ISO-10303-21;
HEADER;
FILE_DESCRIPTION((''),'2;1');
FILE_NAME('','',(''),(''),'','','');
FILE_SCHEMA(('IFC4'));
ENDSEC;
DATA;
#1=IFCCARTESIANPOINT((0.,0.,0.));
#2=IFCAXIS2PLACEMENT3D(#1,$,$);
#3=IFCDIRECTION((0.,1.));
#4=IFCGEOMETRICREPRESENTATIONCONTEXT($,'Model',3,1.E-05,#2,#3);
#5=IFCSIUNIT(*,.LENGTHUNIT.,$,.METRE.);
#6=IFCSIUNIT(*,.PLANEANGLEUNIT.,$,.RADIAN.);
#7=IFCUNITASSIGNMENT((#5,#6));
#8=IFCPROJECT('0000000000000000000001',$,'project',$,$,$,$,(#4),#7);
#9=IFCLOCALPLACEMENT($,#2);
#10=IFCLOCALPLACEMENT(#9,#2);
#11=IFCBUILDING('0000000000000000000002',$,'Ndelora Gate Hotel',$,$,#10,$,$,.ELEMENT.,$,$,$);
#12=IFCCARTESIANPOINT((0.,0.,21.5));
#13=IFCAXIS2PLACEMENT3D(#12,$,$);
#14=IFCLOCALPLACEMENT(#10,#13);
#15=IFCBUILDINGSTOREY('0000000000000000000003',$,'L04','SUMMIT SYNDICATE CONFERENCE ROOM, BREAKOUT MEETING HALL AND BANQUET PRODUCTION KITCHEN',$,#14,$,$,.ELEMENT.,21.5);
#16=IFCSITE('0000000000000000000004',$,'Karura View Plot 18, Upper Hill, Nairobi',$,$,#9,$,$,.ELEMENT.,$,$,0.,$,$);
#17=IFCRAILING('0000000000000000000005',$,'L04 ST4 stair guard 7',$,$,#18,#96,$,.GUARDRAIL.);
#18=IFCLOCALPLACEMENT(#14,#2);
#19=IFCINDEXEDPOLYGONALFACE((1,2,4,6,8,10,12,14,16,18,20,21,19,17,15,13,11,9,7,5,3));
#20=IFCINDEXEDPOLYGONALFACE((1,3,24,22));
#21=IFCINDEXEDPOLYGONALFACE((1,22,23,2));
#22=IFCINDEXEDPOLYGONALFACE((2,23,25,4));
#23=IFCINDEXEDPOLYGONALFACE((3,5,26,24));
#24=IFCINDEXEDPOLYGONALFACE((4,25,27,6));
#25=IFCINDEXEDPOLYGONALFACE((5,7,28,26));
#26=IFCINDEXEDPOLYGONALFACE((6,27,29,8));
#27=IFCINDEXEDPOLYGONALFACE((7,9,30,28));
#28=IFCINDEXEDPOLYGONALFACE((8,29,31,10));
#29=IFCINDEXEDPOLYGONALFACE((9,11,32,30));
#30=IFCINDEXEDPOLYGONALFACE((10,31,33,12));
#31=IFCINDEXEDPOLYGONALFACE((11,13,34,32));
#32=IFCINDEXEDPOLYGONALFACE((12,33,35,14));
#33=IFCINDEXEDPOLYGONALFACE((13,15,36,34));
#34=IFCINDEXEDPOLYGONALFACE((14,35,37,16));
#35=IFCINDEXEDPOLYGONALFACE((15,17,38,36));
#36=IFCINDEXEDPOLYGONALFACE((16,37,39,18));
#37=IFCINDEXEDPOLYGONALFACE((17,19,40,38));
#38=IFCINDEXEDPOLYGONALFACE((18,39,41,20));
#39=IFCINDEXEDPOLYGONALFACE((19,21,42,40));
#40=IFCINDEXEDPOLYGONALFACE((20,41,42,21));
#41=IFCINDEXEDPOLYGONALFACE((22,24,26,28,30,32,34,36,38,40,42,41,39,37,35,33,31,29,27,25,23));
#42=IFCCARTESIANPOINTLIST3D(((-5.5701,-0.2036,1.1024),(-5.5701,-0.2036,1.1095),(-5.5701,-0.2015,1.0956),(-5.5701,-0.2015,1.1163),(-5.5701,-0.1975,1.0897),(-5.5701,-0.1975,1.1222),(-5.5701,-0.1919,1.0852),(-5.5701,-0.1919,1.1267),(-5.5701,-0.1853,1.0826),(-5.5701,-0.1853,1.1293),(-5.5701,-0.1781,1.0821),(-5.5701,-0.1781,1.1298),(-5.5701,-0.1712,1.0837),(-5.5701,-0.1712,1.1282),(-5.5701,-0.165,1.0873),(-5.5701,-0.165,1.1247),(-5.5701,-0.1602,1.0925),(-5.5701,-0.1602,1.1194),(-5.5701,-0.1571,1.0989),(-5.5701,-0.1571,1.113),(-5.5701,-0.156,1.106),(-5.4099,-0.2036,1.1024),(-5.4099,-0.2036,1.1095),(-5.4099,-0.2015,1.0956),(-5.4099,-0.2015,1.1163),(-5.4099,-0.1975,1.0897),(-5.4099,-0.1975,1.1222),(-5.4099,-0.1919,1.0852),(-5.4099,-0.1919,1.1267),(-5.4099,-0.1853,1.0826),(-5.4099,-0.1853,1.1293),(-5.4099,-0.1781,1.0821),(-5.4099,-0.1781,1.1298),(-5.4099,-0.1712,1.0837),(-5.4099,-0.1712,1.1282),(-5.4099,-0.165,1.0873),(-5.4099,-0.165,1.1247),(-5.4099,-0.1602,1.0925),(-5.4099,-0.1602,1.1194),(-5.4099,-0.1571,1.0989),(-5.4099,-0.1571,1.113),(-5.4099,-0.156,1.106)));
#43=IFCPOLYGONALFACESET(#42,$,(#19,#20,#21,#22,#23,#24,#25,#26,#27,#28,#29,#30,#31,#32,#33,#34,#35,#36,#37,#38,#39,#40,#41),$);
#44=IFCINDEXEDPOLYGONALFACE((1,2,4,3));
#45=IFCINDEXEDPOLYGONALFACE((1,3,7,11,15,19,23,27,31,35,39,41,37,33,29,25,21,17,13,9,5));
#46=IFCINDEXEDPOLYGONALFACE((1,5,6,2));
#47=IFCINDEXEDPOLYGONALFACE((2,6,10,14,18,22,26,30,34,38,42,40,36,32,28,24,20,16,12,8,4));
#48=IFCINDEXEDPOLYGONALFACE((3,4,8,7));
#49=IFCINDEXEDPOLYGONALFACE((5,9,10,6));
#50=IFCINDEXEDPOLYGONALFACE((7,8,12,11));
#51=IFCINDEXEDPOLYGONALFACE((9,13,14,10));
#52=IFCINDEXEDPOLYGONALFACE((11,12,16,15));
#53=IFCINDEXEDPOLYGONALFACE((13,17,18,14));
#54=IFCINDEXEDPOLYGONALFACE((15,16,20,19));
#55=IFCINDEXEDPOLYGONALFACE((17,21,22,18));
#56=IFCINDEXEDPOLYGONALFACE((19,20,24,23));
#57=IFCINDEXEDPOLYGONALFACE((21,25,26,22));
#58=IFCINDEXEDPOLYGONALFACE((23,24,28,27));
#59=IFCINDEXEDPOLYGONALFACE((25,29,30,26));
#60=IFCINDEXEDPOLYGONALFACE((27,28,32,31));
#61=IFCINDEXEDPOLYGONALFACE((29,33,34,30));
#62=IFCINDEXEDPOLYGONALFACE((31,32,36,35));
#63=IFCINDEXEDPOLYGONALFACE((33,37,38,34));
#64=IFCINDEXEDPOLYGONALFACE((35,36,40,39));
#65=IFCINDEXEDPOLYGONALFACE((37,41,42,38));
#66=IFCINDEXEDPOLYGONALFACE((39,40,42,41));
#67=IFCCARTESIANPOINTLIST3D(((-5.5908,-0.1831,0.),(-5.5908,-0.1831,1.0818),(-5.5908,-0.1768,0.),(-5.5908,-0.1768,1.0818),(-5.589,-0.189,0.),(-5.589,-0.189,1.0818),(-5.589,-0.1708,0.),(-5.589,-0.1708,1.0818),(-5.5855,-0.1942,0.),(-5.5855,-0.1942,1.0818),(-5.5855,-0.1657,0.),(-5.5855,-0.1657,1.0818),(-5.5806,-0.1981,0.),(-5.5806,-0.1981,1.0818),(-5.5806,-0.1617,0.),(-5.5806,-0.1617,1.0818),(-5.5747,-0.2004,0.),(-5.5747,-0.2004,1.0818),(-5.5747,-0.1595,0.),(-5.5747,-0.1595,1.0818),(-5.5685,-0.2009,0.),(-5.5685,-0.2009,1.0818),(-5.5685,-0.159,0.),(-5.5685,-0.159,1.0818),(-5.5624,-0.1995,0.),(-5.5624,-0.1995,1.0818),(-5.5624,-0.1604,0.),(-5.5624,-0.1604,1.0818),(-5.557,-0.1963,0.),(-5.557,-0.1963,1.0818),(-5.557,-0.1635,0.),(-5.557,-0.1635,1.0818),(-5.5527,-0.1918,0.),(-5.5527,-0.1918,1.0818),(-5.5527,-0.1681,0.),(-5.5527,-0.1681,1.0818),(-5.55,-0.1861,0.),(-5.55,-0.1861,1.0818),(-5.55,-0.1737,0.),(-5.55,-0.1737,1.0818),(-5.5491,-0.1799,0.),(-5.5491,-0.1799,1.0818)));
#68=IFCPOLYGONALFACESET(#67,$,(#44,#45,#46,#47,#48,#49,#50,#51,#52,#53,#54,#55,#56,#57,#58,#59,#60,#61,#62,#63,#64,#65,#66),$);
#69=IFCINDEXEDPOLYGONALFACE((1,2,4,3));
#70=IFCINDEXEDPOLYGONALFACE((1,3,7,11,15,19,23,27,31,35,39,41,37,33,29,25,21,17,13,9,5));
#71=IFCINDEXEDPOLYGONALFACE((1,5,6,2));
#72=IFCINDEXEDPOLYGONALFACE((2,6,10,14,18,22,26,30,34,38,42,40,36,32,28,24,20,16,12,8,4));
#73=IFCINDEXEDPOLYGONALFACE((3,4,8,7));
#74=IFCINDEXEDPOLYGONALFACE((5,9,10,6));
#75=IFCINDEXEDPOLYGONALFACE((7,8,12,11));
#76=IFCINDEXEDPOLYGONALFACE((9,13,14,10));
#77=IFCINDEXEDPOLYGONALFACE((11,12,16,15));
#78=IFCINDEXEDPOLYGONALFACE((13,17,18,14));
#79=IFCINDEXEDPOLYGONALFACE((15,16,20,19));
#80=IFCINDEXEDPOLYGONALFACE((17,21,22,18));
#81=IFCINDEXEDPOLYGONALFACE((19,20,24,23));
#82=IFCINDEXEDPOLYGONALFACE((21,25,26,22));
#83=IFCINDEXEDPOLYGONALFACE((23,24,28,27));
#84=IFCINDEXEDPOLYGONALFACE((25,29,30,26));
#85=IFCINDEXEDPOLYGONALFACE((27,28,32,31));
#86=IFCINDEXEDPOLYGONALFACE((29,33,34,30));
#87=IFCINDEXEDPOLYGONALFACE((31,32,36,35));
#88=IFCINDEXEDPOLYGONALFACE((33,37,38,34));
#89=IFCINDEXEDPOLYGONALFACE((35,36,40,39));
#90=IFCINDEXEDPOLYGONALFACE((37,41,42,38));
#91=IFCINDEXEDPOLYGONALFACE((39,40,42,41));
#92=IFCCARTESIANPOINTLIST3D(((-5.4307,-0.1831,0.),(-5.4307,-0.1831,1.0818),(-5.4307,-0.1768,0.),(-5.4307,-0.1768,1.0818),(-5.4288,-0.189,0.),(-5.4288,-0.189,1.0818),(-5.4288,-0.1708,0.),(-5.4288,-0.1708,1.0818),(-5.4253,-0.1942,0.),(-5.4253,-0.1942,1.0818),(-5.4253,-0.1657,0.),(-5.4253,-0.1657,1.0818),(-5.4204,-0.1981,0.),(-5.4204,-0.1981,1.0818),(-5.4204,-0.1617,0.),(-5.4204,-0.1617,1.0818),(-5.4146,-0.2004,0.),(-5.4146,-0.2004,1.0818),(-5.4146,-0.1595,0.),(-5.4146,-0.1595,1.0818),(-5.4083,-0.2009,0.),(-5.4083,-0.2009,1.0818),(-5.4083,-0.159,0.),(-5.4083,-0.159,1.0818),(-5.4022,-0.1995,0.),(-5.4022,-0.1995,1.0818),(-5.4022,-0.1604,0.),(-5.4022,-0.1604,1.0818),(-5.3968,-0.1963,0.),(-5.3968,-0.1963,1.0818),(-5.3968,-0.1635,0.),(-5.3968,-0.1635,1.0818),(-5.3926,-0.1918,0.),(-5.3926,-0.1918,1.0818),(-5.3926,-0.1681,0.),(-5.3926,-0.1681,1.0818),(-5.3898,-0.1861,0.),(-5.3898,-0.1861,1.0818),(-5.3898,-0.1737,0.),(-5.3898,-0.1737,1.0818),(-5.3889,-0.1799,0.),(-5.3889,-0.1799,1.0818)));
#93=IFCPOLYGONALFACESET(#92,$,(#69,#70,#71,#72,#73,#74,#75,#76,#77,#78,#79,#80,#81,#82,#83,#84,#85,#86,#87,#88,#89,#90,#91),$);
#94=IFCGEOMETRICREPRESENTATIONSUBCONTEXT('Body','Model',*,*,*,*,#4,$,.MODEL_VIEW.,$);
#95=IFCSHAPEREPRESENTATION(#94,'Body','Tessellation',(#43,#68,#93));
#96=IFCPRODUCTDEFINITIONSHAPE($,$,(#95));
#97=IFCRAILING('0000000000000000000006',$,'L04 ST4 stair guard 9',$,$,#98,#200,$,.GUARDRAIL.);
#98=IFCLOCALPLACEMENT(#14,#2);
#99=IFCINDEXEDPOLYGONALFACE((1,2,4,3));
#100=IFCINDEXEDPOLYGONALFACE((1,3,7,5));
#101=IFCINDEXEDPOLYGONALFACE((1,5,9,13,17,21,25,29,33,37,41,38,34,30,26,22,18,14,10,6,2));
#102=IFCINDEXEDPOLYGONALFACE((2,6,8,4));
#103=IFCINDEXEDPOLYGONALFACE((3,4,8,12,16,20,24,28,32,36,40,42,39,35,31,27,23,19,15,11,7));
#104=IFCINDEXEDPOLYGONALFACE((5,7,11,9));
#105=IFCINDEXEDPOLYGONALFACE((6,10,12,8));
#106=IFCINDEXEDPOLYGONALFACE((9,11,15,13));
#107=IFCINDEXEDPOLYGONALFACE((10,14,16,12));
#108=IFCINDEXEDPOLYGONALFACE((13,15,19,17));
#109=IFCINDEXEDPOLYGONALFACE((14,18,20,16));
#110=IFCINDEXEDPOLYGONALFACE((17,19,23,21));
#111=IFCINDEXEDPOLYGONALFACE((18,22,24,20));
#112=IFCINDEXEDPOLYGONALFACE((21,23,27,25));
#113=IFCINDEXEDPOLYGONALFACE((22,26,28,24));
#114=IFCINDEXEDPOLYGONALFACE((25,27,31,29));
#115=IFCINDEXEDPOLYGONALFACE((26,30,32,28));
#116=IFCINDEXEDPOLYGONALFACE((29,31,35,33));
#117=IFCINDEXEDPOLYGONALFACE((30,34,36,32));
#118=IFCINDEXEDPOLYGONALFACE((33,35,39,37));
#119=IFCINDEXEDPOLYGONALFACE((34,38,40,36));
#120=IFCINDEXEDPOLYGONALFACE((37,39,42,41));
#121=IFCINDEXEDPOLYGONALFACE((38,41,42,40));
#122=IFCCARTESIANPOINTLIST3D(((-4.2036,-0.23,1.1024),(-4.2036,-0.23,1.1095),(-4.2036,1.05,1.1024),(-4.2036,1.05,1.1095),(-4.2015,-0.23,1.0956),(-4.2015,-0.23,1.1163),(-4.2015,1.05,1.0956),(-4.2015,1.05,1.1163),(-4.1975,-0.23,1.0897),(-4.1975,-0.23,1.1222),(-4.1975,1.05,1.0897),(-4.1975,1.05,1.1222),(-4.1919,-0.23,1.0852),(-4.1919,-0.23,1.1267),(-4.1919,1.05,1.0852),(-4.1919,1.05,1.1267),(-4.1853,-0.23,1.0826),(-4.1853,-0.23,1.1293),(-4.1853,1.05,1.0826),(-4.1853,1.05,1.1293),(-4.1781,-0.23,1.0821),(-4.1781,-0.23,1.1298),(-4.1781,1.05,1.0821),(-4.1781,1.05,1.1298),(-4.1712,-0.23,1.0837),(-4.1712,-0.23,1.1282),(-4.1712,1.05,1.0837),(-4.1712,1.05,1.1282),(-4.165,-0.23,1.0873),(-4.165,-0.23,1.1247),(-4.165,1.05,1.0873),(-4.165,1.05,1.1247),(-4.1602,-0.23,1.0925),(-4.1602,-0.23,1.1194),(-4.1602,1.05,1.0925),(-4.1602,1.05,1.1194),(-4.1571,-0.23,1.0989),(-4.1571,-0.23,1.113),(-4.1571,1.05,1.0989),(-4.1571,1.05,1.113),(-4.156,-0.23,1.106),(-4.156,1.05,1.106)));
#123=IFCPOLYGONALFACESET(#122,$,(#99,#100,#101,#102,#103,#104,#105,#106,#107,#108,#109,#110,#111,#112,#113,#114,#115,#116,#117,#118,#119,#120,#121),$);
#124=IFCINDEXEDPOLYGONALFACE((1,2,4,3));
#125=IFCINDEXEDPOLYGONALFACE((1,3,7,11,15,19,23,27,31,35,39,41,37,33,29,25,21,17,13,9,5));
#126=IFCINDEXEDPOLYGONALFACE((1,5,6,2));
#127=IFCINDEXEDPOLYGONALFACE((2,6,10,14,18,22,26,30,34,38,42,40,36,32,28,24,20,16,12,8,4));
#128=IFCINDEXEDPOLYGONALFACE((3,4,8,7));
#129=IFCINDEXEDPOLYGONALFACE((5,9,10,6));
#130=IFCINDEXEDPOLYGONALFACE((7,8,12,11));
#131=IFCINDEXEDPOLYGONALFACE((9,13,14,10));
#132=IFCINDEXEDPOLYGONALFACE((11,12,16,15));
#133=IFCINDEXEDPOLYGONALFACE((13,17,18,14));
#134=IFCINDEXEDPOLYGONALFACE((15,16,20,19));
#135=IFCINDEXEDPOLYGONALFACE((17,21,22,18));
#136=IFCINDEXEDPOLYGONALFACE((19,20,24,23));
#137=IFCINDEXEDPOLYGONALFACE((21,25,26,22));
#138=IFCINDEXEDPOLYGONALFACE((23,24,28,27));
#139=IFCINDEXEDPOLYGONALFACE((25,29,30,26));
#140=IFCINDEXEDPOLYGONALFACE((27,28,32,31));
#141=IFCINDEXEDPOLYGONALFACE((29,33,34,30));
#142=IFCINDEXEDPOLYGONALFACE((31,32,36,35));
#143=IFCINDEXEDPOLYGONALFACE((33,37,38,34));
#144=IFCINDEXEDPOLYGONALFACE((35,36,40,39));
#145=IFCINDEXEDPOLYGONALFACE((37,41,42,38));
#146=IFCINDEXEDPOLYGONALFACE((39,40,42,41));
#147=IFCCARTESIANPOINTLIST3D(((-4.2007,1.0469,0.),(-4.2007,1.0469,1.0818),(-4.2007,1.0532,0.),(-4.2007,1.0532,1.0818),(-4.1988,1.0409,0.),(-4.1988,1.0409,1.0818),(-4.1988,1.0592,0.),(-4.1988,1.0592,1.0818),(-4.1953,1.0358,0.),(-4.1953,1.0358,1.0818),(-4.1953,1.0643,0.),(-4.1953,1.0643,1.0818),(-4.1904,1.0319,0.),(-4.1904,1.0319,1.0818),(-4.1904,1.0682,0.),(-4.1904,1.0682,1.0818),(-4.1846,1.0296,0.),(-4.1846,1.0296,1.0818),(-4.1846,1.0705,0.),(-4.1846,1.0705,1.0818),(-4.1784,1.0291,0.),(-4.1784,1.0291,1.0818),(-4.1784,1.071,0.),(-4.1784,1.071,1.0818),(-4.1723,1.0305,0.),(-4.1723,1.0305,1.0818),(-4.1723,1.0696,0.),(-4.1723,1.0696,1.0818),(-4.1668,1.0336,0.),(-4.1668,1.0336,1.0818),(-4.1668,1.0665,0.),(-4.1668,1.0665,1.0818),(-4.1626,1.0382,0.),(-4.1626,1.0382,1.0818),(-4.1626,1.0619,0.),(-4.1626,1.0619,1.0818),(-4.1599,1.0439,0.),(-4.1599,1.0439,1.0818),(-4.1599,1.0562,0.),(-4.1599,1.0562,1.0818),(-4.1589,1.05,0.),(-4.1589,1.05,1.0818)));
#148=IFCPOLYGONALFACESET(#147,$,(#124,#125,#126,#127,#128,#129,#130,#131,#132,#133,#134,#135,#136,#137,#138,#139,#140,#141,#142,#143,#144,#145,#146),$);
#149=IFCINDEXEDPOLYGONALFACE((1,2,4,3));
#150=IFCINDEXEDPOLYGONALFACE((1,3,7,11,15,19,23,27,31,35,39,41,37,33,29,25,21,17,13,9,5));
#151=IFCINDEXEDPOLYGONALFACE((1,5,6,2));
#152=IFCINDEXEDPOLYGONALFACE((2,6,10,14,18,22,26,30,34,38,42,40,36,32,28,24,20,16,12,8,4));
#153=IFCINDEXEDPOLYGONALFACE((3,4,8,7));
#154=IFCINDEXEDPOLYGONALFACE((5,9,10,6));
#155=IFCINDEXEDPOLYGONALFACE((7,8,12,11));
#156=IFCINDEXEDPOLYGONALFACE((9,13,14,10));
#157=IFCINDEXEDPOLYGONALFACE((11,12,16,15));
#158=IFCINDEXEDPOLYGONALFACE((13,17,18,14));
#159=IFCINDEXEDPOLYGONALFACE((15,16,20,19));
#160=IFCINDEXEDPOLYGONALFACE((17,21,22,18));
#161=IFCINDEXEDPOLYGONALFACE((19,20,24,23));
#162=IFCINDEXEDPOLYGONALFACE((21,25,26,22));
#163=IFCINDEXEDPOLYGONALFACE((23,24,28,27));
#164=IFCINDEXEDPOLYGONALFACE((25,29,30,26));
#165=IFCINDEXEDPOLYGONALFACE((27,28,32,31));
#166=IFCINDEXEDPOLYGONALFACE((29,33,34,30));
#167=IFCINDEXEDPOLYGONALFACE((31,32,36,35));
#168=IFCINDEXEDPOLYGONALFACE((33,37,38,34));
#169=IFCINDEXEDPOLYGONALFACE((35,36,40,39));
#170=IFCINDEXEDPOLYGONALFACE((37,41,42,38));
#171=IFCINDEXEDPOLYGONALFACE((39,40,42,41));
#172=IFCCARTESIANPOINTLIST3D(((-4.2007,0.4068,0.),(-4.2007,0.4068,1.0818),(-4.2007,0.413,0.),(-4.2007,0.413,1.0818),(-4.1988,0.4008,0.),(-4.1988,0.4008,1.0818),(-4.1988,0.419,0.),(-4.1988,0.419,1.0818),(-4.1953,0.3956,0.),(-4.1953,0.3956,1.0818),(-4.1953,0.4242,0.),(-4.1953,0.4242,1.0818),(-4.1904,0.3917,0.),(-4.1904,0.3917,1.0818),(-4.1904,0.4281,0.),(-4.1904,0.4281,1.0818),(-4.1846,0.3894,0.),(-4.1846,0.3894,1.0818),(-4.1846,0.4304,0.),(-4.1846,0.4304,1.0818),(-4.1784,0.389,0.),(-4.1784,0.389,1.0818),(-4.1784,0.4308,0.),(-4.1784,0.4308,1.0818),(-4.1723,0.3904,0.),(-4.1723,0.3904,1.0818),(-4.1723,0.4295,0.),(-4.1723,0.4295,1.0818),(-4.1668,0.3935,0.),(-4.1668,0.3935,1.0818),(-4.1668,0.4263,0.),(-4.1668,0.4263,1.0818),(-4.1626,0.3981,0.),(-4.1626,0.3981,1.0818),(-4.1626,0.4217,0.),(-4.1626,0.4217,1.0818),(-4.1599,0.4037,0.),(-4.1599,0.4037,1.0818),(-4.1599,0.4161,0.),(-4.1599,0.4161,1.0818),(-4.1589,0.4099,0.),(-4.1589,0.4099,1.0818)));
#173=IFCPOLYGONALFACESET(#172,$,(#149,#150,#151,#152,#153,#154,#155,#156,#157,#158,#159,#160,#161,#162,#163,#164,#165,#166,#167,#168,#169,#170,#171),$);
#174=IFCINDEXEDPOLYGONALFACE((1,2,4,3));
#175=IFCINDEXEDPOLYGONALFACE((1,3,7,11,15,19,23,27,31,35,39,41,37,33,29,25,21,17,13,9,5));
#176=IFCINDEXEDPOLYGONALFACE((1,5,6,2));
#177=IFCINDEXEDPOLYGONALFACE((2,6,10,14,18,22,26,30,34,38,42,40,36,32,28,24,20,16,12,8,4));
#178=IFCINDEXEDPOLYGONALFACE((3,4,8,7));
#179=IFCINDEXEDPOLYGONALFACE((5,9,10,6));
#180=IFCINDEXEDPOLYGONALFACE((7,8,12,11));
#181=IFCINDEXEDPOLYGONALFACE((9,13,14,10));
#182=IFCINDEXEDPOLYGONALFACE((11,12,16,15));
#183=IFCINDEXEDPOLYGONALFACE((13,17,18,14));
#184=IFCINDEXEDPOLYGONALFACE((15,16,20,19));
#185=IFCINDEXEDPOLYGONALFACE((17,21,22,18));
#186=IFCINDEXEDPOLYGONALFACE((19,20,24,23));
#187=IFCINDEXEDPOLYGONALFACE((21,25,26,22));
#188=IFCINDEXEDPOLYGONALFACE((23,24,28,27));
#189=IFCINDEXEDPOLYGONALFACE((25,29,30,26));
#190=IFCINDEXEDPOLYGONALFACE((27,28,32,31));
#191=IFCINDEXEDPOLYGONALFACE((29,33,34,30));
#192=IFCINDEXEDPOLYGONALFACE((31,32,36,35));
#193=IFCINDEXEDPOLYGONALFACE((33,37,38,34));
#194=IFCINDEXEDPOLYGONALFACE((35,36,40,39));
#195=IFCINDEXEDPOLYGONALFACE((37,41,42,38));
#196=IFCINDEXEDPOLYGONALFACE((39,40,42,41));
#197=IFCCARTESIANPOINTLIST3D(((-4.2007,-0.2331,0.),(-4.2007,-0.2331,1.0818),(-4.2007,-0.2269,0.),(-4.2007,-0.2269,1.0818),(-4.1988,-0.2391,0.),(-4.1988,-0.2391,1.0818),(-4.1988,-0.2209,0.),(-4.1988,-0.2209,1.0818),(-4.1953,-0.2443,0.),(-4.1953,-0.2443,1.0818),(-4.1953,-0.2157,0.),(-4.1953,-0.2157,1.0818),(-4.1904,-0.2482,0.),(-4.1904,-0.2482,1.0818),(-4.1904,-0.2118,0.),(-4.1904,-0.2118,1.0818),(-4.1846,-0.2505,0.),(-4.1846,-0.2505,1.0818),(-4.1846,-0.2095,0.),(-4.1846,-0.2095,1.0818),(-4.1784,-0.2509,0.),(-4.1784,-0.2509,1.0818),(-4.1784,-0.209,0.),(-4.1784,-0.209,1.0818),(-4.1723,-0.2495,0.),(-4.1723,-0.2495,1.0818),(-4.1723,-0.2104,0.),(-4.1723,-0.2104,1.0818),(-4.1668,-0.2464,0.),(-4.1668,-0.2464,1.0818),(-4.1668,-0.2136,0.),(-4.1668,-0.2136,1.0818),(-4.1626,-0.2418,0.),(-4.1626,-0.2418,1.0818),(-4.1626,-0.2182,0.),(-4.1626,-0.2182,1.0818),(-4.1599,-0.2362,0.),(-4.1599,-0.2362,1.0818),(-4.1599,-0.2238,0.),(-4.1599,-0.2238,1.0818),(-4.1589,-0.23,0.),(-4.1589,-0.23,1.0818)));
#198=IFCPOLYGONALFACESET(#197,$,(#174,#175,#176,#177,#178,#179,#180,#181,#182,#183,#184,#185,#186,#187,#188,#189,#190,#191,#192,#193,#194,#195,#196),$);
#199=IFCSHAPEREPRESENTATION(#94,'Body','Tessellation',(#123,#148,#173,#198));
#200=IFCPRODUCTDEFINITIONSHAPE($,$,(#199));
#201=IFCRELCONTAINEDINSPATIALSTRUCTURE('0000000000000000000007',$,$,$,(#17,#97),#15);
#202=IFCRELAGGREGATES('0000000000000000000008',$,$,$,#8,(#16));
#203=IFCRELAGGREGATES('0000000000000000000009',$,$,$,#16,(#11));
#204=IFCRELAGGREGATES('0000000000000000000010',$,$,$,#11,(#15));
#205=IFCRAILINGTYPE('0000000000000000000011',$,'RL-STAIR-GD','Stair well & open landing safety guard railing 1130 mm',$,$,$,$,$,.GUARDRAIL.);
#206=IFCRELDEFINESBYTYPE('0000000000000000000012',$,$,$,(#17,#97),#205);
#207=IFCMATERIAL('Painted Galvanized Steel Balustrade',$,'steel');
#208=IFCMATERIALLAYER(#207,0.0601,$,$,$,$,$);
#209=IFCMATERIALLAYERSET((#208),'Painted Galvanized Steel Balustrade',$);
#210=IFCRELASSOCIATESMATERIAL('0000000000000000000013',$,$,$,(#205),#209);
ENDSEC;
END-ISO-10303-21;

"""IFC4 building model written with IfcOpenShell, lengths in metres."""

from ifc_helpers import new_model, si_unit, direction, frame, origin, origin_2d, place, context, subcontext, project, spatial, circle, extrude, material, layer, layer_set, type_object, element, save


model = new_model("IFC4")

# Units and contexts
model_context = context("Model", 3, precision=1e-05, world=origin(), true_north=direction((0.0, 1.0)))
body_context = subcontext(model_context, "Body", "Model", "MODEL_VIEW")
ifc_project = project(units=[si_unit("LENGTHUNIT", "METRE"), si_unit("PLANEANGLEUNIT", "RADIAN")], contexts=[model_context])

# Site, building, storey
site_placement = place(None, origin())
site = spatial("IfcSite", under=ifc_project, at=site_placement, Name="Karura View Plot 18, Upper Hill, Nairobi", CompositionType="ELEMENT", RefElevation=0.0)
building_placement = place(site_placement, origin())
building = spatial("IfcBuilding", under=site, at=building_placement, Name="Ndelora Gate Hotel", CompositionType="ELEMENT")
storey_placement = place(building_placement, frame((0.0, 0.0, 21.5)))
storey = spatial("IfcBuildingStorey", under=building, at=storey_placement, Name="L04", Description="SUMMIT SYNDICATE CONFERENCE ROOM, BREAKOUT MEETING HALL AND BANQUET PRODUCTION KITCHEN", CompositionType="ELEMENT", Elevation=21.5)

# Railings
ifc_material_1 = material(Name="Painted Galvanized Steel Balustrade", Category="steel")
ifc_layer_1 = layer(ifc_material_1, 0.0601)
ifc_layer_set_1 = layer_set([ifc_layer_1], Name="Painted Galvanized Steel Balustrade")
railing_type_1 = type_object("IfcRailingType", Name="RL-STAIR-GD", Description="Stair well & open landing safety guard railing 1130 mm", PredefinedType="GUARDRAIL", material=ifc_layer_set_1)
railing_1_placement = place(storey_placement, frame((-5.5701, -0.1799, 0.0)))
element("IfcRailing", 1, at=railing_1_placement, inside=storey, type_object=railing_type_1, Name="L04 ST4 stair guard 7", PredefinedType="GUARDRAIL", context=body_context, shape_type="SweptSolid", body=[
    extrude(circle(Radius=0.0239, at=origin_2d()), frame((0.0, 0.0, 1.106), z_axis=(1.0, 0.0, 0.0), x_axis=(0.0, 1.0, 0.0)), (0.0, 0.0, 1.0), 0.1602),
    extrude(circle(Radius=0.021, at=origin_2d()), origin(), (0.0, 0.0, 1.0), 1.0818),
    extrude(circle(Radius=0.021, at=origin_2d()), frame((0.1602, 0.0, 0.0)), (0.0, 0.0, 1.0), 1.0818),
])
railing_2_placement = place(storey_placement, frame((-4.1799, 1.05, 0.0)))
element("IfcRailing", 2, at=railing_2_placement, inside=storey, type_object=railing_type_1, Name="L04 ST4 stair guard 9", PredefinedType="GUARDRAIL", context=body_context, shape_type="SweptSolid", body=[
    extrude(circle(Radius=0.0239, at=origin_2d()), frame((0.0, 0.0, 1.106), z_axis=(0.0, -1.0, 0.0), x_axis=(1.0, 0.0, 0.0)), (0.0, 0.0, 1.0), 1.28),
    extrude(circle(Radius=0.021, at=origin_2d()), origin(), (0.0, 0.0, 1.0), 1.0818),
    extrude(circle(Radius=0.021, at=origin_2d()), frame((0.0, -0.6401, 0.0)), (0.0, 0.0, 1.0), 1.0818),
    extrude(circle(Radius=0.021, at=origin_2d()), frame((0.0, -1.28, 0.0)), (0.0, 0.0, 1.0), 1.0818),
])

save(model, "model.ifc")
